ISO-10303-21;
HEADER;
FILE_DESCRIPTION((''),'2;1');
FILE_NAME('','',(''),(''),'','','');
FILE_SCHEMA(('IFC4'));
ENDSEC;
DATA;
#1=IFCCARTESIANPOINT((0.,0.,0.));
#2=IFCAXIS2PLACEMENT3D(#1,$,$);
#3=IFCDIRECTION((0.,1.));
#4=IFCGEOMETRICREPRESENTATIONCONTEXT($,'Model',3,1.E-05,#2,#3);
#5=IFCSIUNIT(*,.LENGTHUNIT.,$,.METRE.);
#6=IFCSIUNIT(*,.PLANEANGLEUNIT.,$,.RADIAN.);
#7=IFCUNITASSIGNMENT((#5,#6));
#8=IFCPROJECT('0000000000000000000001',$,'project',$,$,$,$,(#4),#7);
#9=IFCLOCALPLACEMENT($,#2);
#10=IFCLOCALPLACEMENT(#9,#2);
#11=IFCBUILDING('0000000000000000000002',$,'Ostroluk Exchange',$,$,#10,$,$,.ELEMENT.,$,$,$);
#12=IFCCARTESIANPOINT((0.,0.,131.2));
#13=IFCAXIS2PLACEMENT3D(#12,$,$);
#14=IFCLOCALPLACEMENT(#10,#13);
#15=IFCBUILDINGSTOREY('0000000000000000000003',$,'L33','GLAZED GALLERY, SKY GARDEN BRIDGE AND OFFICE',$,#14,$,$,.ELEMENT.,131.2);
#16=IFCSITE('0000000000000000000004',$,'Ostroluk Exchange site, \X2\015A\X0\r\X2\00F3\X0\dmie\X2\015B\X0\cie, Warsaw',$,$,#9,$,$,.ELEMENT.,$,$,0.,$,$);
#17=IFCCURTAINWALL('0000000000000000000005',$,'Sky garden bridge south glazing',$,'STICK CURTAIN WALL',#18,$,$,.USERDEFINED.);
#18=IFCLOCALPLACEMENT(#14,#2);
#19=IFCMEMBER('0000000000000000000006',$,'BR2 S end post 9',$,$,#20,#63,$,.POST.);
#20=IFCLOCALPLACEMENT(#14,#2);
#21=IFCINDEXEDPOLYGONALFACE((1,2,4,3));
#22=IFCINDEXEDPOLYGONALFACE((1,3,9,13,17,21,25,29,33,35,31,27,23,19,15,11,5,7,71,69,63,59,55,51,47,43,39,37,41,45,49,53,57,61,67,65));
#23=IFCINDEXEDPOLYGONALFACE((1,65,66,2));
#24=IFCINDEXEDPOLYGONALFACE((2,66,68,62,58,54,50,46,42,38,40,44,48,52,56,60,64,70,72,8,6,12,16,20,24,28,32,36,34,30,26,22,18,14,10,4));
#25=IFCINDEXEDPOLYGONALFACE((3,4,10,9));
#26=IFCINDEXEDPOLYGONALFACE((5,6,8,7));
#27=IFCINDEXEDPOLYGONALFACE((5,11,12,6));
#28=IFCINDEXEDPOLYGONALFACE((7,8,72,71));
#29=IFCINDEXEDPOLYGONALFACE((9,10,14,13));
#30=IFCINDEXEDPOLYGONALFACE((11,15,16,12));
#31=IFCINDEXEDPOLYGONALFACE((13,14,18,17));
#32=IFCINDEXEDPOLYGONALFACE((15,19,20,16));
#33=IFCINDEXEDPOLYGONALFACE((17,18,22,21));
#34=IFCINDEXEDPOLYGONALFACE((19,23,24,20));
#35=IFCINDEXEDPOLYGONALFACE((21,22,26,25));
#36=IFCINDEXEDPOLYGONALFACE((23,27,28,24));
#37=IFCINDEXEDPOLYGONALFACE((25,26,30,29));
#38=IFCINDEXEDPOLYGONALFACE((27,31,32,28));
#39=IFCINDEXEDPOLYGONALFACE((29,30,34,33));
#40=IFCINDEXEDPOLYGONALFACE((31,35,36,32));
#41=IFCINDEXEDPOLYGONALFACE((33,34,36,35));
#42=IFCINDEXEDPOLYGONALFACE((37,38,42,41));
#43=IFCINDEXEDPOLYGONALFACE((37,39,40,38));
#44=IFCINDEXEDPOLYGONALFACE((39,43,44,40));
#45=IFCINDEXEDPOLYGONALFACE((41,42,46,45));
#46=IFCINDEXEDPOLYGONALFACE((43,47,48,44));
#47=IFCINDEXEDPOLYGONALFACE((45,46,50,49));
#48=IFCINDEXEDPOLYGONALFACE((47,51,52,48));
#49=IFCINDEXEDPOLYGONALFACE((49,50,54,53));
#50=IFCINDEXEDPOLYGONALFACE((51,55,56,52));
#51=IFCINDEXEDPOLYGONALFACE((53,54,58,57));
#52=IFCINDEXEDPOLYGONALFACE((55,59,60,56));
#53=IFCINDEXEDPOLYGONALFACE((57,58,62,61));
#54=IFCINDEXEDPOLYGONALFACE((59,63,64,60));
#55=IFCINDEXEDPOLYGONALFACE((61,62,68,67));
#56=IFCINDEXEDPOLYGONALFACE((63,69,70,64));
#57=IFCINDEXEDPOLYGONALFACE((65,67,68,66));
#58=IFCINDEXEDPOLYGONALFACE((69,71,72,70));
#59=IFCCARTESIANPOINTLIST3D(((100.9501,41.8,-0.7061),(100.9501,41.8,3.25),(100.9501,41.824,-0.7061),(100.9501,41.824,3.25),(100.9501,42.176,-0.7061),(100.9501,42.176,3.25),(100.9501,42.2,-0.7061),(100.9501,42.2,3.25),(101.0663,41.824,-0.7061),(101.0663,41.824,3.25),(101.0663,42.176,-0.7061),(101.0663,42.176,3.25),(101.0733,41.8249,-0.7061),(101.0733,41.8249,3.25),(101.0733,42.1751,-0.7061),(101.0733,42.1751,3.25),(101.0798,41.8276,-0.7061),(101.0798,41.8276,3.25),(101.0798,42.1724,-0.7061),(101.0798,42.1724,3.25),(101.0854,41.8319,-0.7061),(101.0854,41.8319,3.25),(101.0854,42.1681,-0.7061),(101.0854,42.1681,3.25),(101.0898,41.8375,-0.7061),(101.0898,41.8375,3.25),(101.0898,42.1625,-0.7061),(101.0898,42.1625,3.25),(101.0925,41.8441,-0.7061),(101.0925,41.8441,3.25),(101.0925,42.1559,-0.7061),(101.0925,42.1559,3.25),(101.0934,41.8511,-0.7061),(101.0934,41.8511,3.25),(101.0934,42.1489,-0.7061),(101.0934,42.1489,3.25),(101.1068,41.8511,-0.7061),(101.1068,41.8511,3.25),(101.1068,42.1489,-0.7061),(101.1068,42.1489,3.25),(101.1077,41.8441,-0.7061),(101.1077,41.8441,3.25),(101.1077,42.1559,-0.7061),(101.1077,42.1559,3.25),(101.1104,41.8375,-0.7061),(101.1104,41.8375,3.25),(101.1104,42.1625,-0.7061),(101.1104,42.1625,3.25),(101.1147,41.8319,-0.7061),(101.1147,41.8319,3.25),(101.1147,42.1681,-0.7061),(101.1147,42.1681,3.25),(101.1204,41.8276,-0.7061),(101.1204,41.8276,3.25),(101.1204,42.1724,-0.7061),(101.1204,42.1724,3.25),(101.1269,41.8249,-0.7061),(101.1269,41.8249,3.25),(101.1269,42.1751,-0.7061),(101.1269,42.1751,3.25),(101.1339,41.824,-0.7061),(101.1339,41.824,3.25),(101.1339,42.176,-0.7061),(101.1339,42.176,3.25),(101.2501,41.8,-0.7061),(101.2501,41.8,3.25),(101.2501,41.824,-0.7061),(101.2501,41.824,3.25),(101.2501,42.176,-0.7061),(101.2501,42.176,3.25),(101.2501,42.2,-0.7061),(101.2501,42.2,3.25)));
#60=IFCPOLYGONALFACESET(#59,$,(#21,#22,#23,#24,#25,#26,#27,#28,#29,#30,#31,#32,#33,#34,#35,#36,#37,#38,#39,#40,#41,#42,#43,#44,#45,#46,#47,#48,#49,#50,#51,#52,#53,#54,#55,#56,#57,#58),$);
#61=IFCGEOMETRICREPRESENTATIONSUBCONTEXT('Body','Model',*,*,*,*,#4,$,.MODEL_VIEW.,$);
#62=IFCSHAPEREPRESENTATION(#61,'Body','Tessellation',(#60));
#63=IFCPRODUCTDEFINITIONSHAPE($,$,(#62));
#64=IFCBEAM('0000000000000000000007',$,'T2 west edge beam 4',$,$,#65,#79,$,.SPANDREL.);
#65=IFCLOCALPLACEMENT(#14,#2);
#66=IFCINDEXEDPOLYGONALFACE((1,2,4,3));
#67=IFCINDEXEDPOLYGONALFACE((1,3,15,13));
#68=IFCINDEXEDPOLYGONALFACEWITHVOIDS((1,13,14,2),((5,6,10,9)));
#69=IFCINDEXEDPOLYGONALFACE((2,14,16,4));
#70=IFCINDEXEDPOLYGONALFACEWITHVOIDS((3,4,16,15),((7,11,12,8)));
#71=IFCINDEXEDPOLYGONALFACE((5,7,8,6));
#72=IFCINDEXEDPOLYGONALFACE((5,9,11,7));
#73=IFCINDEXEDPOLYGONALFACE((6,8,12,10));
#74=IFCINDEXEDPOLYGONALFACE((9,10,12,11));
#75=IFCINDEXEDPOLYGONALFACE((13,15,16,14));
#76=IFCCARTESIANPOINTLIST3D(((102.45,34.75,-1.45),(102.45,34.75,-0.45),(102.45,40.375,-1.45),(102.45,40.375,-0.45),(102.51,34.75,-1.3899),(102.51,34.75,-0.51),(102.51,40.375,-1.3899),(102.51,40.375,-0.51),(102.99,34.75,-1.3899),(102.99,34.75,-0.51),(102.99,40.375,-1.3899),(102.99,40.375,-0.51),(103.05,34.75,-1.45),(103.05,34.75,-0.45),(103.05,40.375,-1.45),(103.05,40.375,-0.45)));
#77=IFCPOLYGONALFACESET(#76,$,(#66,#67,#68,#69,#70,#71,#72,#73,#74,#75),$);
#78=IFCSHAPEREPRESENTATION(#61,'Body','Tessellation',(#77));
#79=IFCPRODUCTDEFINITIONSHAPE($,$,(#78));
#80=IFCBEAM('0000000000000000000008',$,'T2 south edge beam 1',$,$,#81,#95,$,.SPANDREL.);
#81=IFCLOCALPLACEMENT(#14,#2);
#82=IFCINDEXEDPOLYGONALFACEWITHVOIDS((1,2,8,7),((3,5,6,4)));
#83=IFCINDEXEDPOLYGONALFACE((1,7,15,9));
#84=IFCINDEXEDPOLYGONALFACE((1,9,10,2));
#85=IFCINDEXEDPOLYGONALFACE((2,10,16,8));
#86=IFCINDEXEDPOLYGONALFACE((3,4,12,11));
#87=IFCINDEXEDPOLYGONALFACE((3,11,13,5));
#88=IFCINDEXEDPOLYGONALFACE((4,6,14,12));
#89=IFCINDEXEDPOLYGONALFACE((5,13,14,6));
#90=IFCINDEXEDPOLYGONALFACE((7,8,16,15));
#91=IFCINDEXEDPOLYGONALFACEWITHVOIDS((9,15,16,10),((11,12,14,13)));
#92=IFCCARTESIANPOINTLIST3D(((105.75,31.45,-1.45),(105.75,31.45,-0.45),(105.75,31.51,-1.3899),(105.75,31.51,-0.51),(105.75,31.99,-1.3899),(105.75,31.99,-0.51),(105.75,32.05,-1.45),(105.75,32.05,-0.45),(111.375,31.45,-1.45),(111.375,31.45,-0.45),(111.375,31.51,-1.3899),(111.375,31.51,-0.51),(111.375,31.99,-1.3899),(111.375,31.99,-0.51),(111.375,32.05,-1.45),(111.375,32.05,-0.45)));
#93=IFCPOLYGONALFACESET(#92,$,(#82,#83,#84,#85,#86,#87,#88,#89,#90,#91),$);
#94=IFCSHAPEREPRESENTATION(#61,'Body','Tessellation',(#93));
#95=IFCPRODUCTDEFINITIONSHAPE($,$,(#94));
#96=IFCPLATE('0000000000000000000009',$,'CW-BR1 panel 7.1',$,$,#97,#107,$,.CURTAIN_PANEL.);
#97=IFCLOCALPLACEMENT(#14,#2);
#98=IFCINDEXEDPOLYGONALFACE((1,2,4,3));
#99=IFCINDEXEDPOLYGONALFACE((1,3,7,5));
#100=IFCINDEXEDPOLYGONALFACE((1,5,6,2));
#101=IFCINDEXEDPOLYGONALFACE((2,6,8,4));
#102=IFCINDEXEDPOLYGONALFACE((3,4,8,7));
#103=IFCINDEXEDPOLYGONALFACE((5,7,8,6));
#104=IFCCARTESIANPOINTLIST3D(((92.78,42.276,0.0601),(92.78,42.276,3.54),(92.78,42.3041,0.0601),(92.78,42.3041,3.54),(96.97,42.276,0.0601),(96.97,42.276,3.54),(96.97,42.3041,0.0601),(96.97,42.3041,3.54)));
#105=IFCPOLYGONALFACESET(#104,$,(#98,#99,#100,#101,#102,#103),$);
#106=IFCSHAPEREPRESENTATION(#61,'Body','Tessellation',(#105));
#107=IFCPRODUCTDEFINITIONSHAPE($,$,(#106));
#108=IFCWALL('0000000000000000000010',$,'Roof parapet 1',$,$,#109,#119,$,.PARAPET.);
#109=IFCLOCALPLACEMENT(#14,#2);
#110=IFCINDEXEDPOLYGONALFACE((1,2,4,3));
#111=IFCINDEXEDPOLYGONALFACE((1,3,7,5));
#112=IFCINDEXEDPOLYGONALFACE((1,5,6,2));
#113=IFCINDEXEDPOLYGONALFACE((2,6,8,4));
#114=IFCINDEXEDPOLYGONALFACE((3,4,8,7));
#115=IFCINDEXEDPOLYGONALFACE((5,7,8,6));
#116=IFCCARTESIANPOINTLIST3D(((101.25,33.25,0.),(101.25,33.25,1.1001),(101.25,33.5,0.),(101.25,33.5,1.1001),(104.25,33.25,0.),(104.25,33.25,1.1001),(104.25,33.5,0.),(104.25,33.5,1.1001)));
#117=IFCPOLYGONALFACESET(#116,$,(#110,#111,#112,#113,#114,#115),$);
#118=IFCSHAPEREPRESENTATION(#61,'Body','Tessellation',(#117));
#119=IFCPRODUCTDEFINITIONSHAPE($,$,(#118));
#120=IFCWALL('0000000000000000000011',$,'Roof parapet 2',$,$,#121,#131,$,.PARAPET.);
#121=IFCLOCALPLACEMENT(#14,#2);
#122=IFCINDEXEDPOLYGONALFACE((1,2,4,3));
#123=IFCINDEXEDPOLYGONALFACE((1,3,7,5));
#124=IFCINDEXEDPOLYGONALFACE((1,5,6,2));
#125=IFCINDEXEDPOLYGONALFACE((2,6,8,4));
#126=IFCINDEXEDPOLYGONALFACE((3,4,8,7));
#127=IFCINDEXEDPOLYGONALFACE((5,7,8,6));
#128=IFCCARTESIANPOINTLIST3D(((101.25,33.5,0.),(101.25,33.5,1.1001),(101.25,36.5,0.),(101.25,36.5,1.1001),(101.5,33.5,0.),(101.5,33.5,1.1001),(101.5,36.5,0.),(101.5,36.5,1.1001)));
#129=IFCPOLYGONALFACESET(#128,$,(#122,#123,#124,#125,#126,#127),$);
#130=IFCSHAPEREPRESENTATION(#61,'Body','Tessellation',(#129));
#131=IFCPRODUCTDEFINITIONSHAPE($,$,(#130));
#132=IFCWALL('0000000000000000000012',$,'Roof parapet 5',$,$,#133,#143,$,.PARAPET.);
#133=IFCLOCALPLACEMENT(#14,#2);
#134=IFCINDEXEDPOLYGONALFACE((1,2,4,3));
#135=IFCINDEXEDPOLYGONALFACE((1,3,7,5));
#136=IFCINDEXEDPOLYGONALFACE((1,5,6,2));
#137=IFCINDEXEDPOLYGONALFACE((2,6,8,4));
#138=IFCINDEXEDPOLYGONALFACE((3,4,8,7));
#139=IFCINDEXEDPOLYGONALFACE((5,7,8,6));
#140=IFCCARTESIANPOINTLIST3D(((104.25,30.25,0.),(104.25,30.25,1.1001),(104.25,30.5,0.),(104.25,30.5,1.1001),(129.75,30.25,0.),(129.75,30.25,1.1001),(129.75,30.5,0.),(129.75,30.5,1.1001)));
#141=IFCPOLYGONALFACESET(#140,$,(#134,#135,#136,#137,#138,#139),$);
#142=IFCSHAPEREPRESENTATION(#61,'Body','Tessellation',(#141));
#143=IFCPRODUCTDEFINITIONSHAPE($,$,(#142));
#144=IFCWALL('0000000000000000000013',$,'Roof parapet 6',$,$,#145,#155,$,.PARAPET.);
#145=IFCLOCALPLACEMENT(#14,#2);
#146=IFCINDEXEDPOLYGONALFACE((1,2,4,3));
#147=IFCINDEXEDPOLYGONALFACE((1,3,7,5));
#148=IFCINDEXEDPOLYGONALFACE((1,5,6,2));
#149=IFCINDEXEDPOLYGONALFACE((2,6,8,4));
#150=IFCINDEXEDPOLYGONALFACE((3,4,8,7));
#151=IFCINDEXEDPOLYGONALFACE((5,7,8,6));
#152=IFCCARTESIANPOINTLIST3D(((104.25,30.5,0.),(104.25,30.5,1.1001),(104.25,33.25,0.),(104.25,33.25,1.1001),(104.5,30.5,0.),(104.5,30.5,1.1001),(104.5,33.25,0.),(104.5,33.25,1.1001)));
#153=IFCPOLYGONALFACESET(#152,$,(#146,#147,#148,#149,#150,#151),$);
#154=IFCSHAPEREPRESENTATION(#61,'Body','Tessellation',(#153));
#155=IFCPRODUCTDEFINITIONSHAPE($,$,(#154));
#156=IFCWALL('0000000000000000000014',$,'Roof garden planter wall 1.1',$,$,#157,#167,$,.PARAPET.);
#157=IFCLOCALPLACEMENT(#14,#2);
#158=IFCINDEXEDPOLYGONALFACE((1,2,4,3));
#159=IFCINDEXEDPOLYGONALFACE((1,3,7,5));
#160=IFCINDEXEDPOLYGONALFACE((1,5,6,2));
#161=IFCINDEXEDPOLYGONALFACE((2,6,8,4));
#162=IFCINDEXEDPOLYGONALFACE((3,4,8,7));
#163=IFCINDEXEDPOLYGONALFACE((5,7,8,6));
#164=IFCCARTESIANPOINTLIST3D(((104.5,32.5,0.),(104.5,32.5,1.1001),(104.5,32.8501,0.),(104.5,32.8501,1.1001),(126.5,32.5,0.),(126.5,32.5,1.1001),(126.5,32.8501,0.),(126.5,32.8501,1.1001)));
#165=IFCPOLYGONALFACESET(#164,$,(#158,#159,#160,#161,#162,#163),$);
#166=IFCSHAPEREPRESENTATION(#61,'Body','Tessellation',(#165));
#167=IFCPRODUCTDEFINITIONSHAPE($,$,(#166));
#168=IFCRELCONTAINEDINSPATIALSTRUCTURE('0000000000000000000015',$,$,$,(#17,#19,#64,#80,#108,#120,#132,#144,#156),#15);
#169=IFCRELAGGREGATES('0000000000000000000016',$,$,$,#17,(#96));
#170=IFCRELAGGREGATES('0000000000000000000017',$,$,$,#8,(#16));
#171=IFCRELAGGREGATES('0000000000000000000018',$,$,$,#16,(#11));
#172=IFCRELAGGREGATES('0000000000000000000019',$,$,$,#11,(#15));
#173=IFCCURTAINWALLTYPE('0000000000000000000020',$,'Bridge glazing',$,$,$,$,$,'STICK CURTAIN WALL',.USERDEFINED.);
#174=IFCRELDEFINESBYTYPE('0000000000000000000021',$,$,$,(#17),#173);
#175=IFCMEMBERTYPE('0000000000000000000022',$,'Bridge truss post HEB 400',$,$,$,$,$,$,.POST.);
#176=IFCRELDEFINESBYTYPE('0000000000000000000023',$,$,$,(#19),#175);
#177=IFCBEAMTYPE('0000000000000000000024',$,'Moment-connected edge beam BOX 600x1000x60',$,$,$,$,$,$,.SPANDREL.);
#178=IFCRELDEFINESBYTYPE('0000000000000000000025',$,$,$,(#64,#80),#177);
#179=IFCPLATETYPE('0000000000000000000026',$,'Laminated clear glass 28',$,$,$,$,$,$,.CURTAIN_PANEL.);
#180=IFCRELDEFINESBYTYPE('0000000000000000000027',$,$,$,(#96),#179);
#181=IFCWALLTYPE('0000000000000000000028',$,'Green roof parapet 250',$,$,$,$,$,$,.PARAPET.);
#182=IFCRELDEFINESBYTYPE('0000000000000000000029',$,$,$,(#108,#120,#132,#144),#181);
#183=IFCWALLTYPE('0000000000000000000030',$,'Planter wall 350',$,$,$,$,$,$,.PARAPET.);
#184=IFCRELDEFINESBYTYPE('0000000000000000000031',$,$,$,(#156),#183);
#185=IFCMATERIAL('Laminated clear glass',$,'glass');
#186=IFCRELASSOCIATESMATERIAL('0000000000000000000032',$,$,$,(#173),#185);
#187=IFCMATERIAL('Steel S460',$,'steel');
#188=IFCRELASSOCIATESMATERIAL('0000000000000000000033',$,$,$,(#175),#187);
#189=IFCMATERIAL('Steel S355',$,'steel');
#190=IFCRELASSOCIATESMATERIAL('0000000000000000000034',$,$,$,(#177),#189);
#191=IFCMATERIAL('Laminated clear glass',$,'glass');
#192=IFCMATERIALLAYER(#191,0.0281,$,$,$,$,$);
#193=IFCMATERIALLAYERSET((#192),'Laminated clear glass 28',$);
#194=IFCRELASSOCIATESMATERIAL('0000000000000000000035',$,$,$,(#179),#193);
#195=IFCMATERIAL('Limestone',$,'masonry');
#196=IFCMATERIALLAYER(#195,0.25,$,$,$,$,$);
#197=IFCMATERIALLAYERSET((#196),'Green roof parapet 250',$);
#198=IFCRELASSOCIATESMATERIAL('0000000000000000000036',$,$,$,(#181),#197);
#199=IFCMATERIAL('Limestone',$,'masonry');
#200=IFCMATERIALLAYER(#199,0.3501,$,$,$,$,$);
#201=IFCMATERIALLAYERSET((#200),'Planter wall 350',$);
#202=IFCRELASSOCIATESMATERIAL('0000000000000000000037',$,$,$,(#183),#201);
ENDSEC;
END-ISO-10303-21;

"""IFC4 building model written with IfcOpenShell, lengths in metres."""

from ifc_helpers import new_model, si_unit, direction, frame, frame_2d, origin, origin_2d, place, context, subcontext, project, spatial, rectangle, hollow_rectangle, i_section, extrude, material, layer, layer_set, material_profile, profile_set, type_object, element, aggregate, save


model = new_model("IFC4")

# Units and contexts
model_context = context("Model", 3, precision=1e-05, world=origin(), true_north=direction((0.0, 1.0)))
body_context = subcontext(model_context, "Body", "Model", "MODEL_VIEW")
ifc_project = project(units=[si_unit("LENGTHUNIT", "METRE"), si_unit("PLANEANGLEUNIT", "RADIAN")], contexts=[model_context])

# Site, building, storey
site_placement = place(None, origin())
site = spatial("IfcSite", under=ifc_project, at=site_placement, Name="Ostroluk Exchange site, Śródmieście, Warsaw", CompositionType="ELEMENT", RefElevation=0.0)
building_placement = place(site_placement, origin())
building = spatial("IfcBuilding", under=site, at=building_placement, Name="Ostroluk Exchange", CompositionType="ELEMENT")
storey_placement = place(building_placement, frame((0.0, 0.0, 131.2)))
storey = spatial("IfcBuildingStorey", under=building, at=storey_placement, Name="L33", Description="GLAZED GALLERY, SKY GARDEN BRIDGE AND OFFICE", CompositionType="ELEMENT", Elevation=131.2)

# Curtain wall
ifc_material_1 = material(Name="Laminated clear glass", Category="glass")
curtain_wall_type = type_object("IfcCurtainWallType", Name="Bridge glazing", ElementType="STICK CURTAIN WALL", PredefinedType="USERDEFINED", material=ifc_material_1)
curtain_wall_placement = place(storey_placement, origin())
curtain_wall = element("IfcCurtainWall", 1, at=curtain_wall_placement, inside=storey, type_object=curtain_wall_type, Name="Sky garden bridge south glazing", ObjectType="STICK CURTAIN WALL", PredefinedType="USERDEFINED")

# Member
ifc_material_2 = material(Name="Steel S460", Category="steel")
ifc_material_profile_1 = material_profile(ifc_material_2, i_section(OverallWidth=0.3, OverallDepth=0.3999, WebThickness=0.0134, FlangeThickness=0.0239, FilletRadius=0.0271, at=origin_2d()), Name="HEB 400")
ifc_profile_set_1 = profile_set([ifc_material_profile_1], Name="Steel S460")
member_type_1 = type_object("IfcMemberType", Name="Bridge truss post HEB 400", PredefinedType="POST", material=ifc_profile_set_1)
for number, where, z_axis, x_axis, name in (
    (2, (101.1001, 42.0, -0.7061), (0.0, 0.0, 1.0), (1.0, 0.0, 0.0), "BR2 S end post 9"),
):
    element("IfcMember", number, at=place(storey_placement, frame(where, z_axis=z_axis, x_axis=x_axis)), inside=storey, type_object=member_type_1, Name=name, PredefinedType="POST", context=body_context, shape_type="SweptSolid", body=[
        extrude(i_section(OverallWidth=0.3, OverallDepth=0.3999, WebThickness=0.0134, FlangeThickness=0.0239, FilletRadius=0.0271, at=origin_2d()), origin(), (0.0, 0.0, 1.0), 3.9561),
    ])

# Beams
ifc_material_3 = material(Name="Steel S355", Category="steel")
ifc_material_profile_2 = material_profile(ifc_material_3, hollow_rectangle(XDim=0.6001, YDim=1.0, WallThickness=0.0601, at=origin_2d()), Name="BOX 600x1000x60")
ifc_profile_set_2 = profile_set([ifc_material_profile_2], Name="Steel S355")
beam_type_1 = type_object("IfcBeamType", Name="Moment-connected edge beam BOX 600x1000x60", PredefinedType="SPANDREL", material=ifc_profile_set_2)
for number, where, z_axis, x_axis, name in (
    (3, (102.75, 40.375, -0.95), (0.0, -1.0, 0.0), (1.0, 0.0, 0.0), "T2 west edge beam 4"),
    (4, (105.75, 31.75, -0.95), (1.0, 0.0, 0.0), (0.0, 1.0, 0.0), "T2 south edge beam 1"),
):
    element("IfcBeam", number, at=place(storey_placement, frame(where, z_axis=z_axis, x_axis=x_axis)), inside=storey, type_object=beam_type_1, Name=name, PredefinedType="SPANDREL", context=body_context, shape_type="SweptSolid", body=[
        extrude(hollow_rectangle(XDim=0.6001, YDim=1.0, WallThickness=0.0601, at=origin_2d()), origin(), (0.0, 0.0, 1.0), 5.625),
    ])

# Plate
ifc_material_4 = material(Name="Laminated clear glass", Category="glass")
ifc_layer_1 = layer(ifc_material_4, 0.0281)
ifc_layer_set_1 = layer_set([ifc_layer_1], Name="Laminated clear glass 28")
plate_type = type_object("IfcPlateType", Name="Laminated clear glass 28", PredefinedType="CURTAIN_PANEL", material=ifc_layer_set_1)
plate_placement = place(storey_placement, frame((94.875, 42.29, 0.0601), z_axis=(0.0, 0.0, 1.0), x_axis=(1.0, 0.0, 0.0)))
plate = element("IfcPlate", 5, at=plate_placement, type_object=plate_type, Name="CW-BR1 panel 7.1", PredefinedType="CURTAIN_PANEL", context=body_context, shape_type="SweptSolid", body=[
    extrude(rectangle(XDim=4.1899, YDim=0.0281, at=origin_2d()), origin(), (0.0, 0.0, 1.0), 3.48),
])
aggregate(curtain_wall, [plate])

# Walls
ifc_material_5 = material(Name="Limestone", Category="masonry")
ifc_layer_2 = layer(ifc_material_5, 0.25)
ifc_layer_set_2 = layer_set([ifc_layer_2], Name="Green roof parapet 250")
wall_type_1 = type_object("IfcWallType", Name="Green roof parapet 250", PredefinedType="PARAPET", material=ifc_layer_set_2)
for number, where, z_axis, x_axis, name in (
    (6, (101.25, 33.375, 0.0), (0.0, 0.0, 1.0), (1.0, 0.0, 0.0), "Roof parapet 1"),
    (7, (101.375, 33.5, 0.0), (0.0, 0.0, 1.0), (0.0, 1.0, 0.0), "Roof parapet 2"),
):
    element("IfcWall", number, at=place(storey_placement, frame(where, z_axis=z_axis, x_axis=x_axis)), inside=storey, type_object=wall_type_1, Name=name, PredefinedType="PARAPET", context=body_context, shape_type="SweptSolid", body=[
        extrude(rectangle(XDim=3.0, YDim=0.25, at=frame_2d((1.5, 0.0))), origin(), (0.0, 0.0, 1.0), 1.1001),
    ])
wall_1_placement = place(storey_placement, frame((104.25, 30.375, 0.0), z_axis=(0.0, 0.0, 1.0), x_axis=(1.0, 0.0, 0.0)))
element("IfcWall", 8, at=wall_1_placement, inside=storey, type_object=wall_type_1, Name="Roof parapet 5", PredefinedType="PARAPET", context=body_context, shape_type="SweptSolid", body=[
    extrude(rectangle(XDim=25.5, YDim=0.25, at=frame_2d((12.75, 0.0))), origin(), (0.0, 0.0, 1.0), 1.1001),
])
wall_2_placement = place(storey_placement, frame((104.375, 30.5, 0.0), z_axis=(0.0, 0.0, 1.0), x_axis=(0.0, 1.0, 0.0)))
element("IfcWall", 9, at=wall_2_placement, inside=storey, type_object=wall_type_1, Name="Roof parapet 6", PredefinedType="PARAPET", context=body_context, shape_type="SweptSolid", body=[
    extrude(rectangle(XDim=2.75, YDim=0.25, at=frame_2d((1.375, 0.0))), origin(), (0.0, 0.0, 1.0), 1.1001),
])

# Wall
ifc_material_6 = material(Name="Limestone", Category="masonry")
ifc_layer_3 = layer(ifc_material_6, 0.3501)
ifc_layer_set_3 = layer_set([ifc_layer_3], Name="Planter wall 350")
wall_type_2 = type_object("IfcWallType", Name="Planter wall 350", PredefinedType="PARAPET", material=ifc_layer_set_3)
wall_3_placement = place(storey_placement, frame((104.5, 32.675, 0.0), z_axis=(0.0, 0.0, 1.0), x_axis=(1.0, 0.0, 0.0)))
element("IfcWall", 10, at=wall_3_placement, inside=storey, type_object=wall_type_2, Name="Roof garden planter wall 1.1", PredefinedType="PARAPET", context=body_context, shape_type="SweptSolid", body=[
    extrude(rectangle(XDim=22.0, YDim=0.3501, at=frame_2d((11.0, 0.0))), origin(), (0.0, 0.0, 1.0), 1.1001),
])

save(model, "model.ifc")
